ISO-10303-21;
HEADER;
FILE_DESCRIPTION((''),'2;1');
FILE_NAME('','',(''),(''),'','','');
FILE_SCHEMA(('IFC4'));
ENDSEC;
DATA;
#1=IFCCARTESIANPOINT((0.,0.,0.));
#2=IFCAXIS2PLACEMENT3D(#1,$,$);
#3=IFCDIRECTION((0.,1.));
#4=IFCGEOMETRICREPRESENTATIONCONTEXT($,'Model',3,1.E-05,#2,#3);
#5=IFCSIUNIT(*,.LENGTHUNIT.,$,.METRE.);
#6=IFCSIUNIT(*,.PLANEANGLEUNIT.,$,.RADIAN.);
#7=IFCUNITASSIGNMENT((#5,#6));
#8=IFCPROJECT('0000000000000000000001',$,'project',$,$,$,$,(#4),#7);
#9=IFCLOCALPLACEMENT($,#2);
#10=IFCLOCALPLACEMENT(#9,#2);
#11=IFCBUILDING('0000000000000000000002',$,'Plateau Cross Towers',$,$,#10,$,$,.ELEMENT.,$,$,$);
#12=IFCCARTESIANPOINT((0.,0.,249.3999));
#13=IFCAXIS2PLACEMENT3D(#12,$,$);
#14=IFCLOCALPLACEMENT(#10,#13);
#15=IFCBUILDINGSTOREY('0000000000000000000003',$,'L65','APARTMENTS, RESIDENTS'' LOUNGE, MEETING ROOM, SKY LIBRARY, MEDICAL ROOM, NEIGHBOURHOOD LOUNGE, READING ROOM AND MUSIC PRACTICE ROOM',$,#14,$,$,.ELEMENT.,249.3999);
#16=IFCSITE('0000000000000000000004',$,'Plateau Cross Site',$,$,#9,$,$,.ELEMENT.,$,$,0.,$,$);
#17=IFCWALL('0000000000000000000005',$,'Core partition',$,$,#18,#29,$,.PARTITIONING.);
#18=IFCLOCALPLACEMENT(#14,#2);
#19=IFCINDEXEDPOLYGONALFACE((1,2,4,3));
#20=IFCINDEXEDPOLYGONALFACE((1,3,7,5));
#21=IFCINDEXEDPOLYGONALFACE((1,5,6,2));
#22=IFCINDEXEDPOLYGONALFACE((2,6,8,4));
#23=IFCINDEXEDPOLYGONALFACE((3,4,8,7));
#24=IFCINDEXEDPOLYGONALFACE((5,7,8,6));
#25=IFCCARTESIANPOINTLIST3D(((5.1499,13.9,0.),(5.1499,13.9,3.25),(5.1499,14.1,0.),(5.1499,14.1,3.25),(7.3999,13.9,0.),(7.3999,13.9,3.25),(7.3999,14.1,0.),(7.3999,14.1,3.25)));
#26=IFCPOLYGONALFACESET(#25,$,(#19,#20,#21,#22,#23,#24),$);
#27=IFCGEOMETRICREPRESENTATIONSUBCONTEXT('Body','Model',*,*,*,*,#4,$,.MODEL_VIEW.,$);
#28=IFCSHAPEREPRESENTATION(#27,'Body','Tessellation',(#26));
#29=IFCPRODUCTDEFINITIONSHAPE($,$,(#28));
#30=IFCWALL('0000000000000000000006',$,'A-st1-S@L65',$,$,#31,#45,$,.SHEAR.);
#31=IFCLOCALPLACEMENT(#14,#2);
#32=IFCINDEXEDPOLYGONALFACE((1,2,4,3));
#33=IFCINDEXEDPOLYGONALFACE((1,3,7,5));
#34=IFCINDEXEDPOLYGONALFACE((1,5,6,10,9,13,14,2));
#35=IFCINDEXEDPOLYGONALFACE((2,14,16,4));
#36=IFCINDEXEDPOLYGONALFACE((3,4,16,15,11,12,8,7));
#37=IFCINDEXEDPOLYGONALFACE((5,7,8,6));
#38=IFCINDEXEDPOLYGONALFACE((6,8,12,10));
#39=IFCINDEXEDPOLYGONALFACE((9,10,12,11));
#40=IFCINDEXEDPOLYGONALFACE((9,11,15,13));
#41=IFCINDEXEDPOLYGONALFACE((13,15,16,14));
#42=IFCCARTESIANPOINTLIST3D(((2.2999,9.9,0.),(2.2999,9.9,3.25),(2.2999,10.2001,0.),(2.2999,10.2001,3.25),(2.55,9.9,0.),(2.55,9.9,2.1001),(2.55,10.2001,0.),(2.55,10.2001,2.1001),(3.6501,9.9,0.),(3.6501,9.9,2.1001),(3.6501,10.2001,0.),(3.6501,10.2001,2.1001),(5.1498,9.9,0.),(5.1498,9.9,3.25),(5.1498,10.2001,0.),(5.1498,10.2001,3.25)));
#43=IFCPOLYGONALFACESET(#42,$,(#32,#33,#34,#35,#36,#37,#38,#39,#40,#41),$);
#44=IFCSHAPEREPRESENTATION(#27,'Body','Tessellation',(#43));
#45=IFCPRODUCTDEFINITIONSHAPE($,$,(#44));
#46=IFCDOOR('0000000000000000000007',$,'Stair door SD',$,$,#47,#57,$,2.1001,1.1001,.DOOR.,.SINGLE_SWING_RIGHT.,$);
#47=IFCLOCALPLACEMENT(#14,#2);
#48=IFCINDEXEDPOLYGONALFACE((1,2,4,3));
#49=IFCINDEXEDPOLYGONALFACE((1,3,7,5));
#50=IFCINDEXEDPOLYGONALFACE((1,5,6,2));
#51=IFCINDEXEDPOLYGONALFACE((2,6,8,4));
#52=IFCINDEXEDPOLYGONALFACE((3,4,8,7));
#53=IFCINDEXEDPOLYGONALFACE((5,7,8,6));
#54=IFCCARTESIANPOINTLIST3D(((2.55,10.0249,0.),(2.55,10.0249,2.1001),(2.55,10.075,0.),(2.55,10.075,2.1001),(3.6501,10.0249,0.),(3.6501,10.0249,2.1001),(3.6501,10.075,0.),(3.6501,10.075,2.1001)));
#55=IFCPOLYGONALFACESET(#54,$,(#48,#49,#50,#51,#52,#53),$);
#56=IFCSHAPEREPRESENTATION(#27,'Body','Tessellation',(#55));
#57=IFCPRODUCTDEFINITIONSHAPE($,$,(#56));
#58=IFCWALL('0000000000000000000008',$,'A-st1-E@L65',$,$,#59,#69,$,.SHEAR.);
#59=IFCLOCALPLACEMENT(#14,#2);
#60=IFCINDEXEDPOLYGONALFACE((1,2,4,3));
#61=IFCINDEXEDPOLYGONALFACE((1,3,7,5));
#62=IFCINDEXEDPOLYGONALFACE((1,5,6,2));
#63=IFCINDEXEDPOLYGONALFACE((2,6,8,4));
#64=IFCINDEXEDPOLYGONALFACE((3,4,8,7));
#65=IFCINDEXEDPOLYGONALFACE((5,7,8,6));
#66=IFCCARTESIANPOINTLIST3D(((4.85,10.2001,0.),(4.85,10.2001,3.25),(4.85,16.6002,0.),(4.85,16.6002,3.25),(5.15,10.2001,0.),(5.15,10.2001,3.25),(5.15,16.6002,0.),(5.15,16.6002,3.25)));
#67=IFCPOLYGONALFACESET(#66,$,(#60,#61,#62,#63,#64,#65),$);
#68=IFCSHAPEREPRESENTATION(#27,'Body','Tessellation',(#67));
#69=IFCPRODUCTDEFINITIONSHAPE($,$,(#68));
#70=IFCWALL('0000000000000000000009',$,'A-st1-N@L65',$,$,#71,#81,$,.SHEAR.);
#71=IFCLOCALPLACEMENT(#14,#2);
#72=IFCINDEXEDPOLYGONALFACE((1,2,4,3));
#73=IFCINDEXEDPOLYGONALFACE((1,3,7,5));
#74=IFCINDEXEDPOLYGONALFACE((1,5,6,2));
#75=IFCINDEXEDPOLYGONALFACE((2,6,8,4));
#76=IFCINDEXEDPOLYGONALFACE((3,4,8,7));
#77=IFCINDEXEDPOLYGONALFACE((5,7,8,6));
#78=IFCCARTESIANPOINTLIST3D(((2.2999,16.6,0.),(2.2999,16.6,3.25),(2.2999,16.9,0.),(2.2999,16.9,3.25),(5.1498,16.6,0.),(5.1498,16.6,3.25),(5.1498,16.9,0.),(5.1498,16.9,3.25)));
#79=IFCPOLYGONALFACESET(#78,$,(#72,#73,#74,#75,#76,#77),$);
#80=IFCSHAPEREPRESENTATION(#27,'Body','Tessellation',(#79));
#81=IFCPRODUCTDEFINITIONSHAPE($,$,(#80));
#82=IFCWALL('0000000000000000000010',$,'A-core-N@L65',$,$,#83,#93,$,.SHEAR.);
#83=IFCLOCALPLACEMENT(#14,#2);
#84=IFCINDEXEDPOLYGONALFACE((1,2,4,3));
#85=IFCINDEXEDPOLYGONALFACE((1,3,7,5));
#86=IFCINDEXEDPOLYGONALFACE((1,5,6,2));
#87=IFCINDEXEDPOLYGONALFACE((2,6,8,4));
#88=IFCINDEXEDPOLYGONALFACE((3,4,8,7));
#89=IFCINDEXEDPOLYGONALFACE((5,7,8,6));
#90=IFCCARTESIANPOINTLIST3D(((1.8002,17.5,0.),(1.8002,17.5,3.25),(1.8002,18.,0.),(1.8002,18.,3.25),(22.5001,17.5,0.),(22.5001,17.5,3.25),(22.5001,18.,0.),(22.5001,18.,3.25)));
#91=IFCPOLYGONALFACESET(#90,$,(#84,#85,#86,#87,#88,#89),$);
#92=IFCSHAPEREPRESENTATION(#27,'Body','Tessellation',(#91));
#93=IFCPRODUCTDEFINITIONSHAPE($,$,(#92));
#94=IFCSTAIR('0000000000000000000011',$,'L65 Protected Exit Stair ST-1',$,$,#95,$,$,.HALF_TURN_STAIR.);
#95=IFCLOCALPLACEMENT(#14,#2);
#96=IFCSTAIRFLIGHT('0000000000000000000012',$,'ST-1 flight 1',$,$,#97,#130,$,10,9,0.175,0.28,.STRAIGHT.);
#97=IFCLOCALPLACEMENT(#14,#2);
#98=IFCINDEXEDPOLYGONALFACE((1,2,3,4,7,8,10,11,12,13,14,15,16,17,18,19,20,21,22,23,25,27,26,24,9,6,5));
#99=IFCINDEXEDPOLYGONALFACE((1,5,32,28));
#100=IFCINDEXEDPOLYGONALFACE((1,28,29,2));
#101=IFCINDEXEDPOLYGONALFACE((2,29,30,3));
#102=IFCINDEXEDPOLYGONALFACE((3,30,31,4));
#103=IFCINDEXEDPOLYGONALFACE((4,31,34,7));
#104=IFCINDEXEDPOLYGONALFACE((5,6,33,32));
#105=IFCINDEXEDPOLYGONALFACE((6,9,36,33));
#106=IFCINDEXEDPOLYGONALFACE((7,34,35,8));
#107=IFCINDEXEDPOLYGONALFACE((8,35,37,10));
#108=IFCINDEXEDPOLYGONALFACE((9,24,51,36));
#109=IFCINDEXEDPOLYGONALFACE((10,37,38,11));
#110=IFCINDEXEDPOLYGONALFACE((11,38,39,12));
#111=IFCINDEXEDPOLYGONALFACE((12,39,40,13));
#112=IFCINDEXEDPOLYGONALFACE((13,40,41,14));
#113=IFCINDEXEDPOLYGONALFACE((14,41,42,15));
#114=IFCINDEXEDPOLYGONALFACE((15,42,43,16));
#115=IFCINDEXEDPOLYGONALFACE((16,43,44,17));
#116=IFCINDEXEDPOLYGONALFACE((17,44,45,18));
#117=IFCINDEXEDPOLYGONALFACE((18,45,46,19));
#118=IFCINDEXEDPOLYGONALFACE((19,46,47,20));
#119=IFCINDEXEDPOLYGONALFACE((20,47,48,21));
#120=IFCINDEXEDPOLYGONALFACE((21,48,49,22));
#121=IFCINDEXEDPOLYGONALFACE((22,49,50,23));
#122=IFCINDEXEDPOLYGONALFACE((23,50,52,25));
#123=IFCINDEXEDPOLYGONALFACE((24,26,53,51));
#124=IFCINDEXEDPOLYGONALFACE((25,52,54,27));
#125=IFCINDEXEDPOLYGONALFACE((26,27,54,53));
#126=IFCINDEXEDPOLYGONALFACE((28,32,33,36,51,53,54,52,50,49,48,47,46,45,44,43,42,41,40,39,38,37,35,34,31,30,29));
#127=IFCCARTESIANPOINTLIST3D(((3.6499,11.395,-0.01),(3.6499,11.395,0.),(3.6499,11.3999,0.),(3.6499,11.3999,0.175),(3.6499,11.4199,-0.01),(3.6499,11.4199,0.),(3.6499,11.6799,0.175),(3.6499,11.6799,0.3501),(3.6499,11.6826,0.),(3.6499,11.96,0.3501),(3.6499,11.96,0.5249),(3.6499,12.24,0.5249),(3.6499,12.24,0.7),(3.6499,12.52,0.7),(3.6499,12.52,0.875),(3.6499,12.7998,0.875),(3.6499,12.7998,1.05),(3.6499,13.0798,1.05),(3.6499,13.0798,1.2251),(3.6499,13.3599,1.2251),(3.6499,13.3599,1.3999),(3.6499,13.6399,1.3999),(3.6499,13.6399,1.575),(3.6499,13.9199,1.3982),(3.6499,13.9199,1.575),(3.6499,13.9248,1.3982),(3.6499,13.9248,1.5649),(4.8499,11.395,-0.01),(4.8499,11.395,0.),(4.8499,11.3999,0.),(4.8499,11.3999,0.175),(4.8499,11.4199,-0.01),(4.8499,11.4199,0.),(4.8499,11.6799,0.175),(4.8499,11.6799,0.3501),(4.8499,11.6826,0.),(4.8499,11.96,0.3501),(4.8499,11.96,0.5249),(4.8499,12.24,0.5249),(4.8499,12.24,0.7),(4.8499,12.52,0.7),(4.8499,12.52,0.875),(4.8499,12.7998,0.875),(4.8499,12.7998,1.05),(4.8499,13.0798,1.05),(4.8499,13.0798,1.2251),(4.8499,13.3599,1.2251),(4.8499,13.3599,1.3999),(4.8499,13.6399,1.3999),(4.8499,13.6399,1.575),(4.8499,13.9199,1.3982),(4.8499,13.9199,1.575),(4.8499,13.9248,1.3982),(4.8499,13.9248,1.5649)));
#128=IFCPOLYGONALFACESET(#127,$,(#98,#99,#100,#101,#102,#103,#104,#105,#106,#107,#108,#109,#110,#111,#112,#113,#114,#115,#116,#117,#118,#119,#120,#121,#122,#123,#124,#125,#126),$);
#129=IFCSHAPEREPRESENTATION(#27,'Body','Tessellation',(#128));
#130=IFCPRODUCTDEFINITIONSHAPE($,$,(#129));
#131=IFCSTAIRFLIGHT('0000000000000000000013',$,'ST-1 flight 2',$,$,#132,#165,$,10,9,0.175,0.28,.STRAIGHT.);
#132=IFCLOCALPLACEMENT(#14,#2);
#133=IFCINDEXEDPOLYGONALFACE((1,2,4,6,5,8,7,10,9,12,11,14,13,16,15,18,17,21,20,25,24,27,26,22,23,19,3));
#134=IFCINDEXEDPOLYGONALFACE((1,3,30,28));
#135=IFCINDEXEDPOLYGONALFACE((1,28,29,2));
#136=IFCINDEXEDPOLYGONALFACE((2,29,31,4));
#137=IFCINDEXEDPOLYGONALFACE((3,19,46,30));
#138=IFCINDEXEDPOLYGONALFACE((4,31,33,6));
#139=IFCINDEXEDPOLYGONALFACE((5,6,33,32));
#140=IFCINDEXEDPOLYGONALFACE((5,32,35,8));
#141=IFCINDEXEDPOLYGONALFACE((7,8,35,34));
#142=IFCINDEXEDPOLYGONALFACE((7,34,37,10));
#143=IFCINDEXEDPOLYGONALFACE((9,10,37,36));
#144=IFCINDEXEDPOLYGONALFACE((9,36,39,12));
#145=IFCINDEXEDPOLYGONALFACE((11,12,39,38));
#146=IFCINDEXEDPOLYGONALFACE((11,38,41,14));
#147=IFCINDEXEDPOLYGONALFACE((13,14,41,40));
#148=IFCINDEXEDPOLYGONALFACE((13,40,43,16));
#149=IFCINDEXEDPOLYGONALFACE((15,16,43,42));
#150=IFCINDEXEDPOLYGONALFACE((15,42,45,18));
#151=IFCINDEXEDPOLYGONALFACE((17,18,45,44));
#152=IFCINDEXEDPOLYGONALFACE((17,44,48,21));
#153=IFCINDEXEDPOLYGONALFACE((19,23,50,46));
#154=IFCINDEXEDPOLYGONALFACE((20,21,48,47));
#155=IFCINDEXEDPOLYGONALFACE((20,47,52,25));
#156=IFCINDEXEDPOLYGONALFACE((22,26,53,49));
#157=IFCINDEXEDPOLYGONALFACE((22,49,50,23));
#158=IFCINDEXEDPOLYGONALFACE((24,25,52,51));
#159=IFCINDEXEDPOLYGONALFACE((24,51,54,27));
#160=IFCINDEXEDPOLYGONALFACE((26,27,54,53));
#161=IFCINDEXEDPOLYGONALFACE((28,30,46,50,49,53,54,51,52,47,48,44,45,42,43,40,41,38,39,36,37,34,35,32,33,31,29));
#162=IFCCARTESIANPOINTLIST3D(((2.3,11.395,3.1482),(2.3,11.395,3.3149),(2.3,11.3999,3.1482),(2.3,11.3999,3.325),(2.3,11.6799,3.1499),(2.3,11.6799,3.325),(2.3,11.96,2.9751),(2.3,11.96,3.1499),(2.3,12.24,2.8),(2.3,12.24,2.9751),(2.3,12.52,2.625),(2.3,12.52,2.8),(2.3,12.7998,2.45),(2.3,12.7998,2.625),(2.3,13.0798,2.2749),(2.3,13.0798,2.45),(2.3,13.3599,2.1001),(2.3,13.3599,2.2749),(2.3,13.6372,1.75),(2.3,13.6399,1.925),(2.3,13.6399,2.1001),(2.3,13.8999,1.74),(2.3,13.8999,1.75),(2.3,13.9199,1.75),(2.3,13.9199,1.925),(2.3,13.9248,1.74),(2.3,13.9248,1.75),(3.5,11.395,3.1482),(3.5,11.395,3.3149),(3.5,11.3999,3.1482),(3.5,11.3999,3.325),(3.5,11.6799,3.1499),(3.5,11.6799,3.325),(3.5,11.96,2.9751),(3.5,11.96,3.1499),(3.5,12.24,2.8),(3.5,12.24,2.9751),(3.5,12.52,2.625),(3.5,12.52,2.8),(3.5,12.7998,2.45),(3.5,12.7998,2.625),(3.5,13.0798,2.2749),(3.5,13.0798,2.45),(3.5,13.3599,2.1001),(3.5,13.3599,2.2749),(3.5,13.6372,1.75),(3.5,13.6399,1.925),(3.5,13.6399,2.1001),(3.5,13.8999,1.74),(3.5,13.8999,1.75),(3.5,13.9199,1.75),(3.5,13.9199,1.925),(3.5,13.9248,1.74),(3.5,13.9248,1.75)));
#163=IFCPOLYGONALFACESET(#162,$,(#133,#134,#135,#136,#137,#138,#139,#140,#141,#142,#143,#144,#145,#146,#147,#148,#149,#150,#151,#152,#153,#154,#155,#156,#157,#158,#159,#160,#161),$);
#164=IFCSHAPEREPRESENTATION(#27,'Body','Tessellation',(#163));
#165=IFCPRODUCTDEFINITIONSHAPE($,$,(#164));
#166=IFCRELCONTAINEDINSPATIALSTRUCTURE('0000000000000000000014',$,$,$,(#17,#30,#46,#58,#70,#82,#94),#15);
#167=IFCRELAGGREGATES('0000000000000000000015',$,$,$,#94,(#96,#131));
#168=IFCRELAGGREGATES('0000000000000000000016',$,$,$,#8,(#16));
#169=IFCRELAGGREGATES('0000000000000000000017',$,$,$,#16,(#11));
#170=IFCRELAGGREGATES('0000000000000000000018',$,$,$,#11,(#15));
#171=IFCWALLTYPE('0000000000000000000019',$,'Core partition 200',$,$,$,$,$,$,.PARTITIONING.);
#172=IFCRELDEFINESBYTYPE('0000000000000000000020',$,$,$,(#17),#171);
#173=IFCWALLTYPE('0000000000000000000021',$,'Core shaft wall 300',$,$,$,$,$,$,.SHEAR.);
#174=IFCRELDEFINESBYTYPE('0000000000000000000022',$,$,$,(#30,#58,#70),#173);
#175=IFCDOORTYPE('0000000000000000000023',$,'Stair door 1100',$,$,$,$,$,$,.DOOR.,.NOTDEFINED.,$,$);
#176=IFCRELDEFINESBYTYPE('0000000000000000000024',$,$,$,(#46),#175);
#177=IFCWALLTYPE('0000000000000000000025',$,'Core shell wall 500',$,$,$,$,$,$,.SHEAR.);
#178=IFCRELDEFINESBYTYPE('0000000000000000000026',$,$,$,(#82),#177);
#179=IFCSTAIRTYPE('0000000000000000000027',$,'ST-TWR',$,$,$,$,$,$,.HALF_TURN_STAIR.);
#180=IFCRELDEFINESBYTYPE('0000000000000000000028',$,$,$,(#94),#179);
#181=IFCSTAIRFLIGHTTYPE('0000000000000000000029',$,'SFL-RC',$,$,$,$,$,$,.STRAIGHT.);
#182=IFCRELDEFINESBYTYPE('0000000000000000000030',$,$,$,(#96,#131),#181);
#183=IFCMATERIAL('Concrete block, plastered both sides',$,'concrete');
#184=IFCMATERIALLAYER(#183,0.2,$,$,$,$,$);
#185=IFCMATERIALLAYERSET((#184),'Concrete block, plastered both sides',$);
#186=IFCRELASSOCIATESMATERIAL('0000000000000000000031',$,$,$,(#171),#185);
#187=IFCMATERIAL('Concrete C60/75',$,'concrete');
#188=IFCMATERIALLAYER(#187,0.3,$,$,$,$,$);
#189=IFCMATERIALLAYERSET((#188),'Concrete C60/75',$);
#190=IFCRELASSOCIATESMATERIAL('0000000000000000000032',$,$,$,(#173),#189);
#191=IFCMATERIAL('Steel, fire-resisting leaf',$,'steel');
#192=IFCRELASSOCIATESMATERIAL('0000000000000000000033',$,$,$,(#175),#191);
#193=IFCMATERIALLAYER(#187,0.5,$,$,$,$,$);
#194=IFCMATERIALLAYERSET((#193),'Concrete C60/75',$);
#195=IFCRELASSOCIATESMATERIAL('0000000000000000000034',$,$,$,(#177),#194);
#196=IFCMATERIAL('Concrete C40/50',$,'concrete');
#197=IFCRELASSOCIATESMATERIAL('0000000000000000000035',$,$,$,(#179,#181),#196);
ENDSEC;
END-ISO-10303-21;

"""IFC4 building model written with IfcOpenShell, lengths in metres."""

from ifc_helpers import new_model, si_unit, direction, frame, frame_2d, origin, place, context, subcontext, project, spatial, polyline, rectangle, outline, extrude, material, layer, layer_set, type_object, element, fill, aggregate, save


model = new_model("IFC4")

# Units and contexts
model_context = context("Model", 3, precision=1e-05, world=origin(), true_north=direction((0.0, 1.0)))
body_context = subcontext(model_context, "Body", "Model", "MODEL_VIEW")
ifc_project = project(units=[si_unit("LENGTHUNIT", "METRE"), si_unit("PLANEANGLEUNIT", "RADIAN")], contexts=[model_context])

# Site, building, storey
site_placement = place(None, origin())
site = spatial("IfcSite", under=ifc_project, at=site_placement, Name="Plateau Cross Site", CompositionType="ELEMENT", RefElevation=0.0)
building_placement = place(site_placement, origin())
building = spatial("IfcBuilding", under=site, at=building_placement, Name="Plateau Cross Towers", CompositionType="ELEMENT")
storey_placement = place(building_placement, frame((0.0, 0.0, 249.3999)))
storey = spatial("IfcBuildingStorey", under=building, at=storey_placement, Name="L65", Description="APARTMENTS, RESIDENTS' LOUNGE, MEETING ROOM, SKY LIBRARY, MEDICAL ROOM, NEIGHBOURHOOD LOUNGE, READING ROOM AND MUSIC PRACTICE ROOM", CompositionType="ELEMENT", Elevation=249.3999)

# Shared definitions
ifc_material_1 = material(Name="Concrete C60/75", Category="concrete")

# Wall
ifc_material_2 = material(Name="Concrete block, plastered both sides", Category="concrete")
ifc_layer_1 = layer(ifc_material_2, 0.2)
ifc_layer_set_1 = layer_set([ifc_layer_1], Name="Concrete block, plastered both sides")
wall_type_1 = type_object("IfcWallType", Name="Core partition 200", PredefinedType="PARTITIONING", material=ifc_layer_set_1)
wall_1_placement = place(storey_placement, frame((5.1499, 14.0, 0.0), z_axis=(0.0, 0.0, 1.0), x_axis=(1.0, 0.0, 0.0)))
element("IfcWall", 1, at=wall_1_placement, inside=storey, type_object=wall_type_1, Name="Core partition", PredefinedType="PARTITIONING", context=body_context, shape_type="SweptSolid", body=[
    extrude(rectangle(XDim=2.25, YDim=0.2, at=frame_2d((1.125, 0.0))), origin(), (0.0, 0.0, 1.0), 3.25),
])

# Wall, opening, door
ifc_layer_2 = layer(ifc_material_1, 0.3)
ifc_layer_set_2 = layer_set([ifc_layer_2], Name="Concrete C60/75")
wall_type_2 = type_object("IfcWallType", Name="Core shaft wall 300", PredefinedType="SHEAR", material=ifc_layer_set_2)
wall_2_placement = place(storey_placement, frame((2.3, 10.05, 0.0), z_axis=(0.0, 0.0, 1.0), x_axis=(1.0, 0.0, 0.0)))
wall_2 = element("IfcWall", 2, at=wall_2_placement, inside=storey, type_object=wall_type_2, Name="A-st1-S@L65", PredefinedType="SHEAR", context=body_context, shape_type="SweptSolid", body=[
    extrude(rectangle(XDim=2.8499, YDim=0.3, at=frame_2d((1.4248, 0.0))), origin(), (0.0, 0.0, 1.0), 3.25),
])
opening_placement = place(wall_2_placement, frame((0.25, 0.0, 0.0)))
opening = element("IfcOpeningElement", 3, at=opening_placement, cuts=wall_2, PredefinedType="OPENING", context=body_context, shape_type="SweptSolid", body=[
    extrude(rectangle(XDim=1.1001, YDim=2.1001, at=frame_2d((0.55, 1.05))), frame((0.0, 0.1599, 0.0), z_axis=(0.0, -1.0, 0.0), x_axis=(1.0, 0.0, 0.0)), (0.0, 0.0, 1.0), 0.3201),
])
ifc_material_3 = material(Name="Steel, fire-resisting leaf", Category="steel")
door_type = type_object("IfcDoorType", Name="Stair door 1100", OperationType="NOTDEFINED", PredefinedType="DOOR", material=ifc_material_3)
door_placement = place(opening_placement, origin())
door = element("IfcDoor", 4, at=door_placement, inside=storey, type_object=door_type, Name="Stair door SD", OperationType="SINGLE_SWING_RIGHT", OverallHeight=2.1001, OverallWidth=1.1001, PredefinedType="DOOR", context=body_context, shape_type="SweptSolid", body=[
    extrude(rectangle(XDim=1.1001, YDim=2.1001, at=frame_2d((0.55, 1.05))), frame((0.0, 0.0249, 0.0), z_axis=(0.0, -1.0, 0.0), x_axis=(1.0, 0.0, 0.0)), (0.0, 0.0, 1.0), 0.05),
])
fill(opening, door)

# Walls
wall_3_placement = place(storey_placement, frame((5.0, 10.2, 0.0), z_axis=(0.0, 0.0, 1.0), x_axis=(0.0, 1.0, 0.0)))
element("IfcWall", 5, at=wall_3_placement, inside=storey, type_object=wall_type_2, Name="A-st1-E@L65", PredefinedType="SHEAR", context=body_context, shape_type="SweptSolid", body=[
    extrude(rectangle(XDim=6.4001, YDim=0.3, at=frame_2d((3.2002, 0.0))), origin(), (0.0, 0.0, 1.0), 3.25),
])
wall_4_placement = place(storey_placement, frame((2.3, 16.75, 0.0), z_axis=(0.0, 0.0, 1.0), x_axis=(1.0, 0.0, 0.0)))
element("IfcWall", 6, at=wall_4_placement, inside=storey, type_object=wall_type_2, Name="A-st1-N@L65", PredefinedType="SHEAR", context=body_context, shape_type="SweptSolid", body=[
    extrude(rectangle(XDim=2.8499, YDim=0.3, at=frame_2d((1.4248, 0.0))), origin(), (0.0, 0.0, 1.0), 3.25),
])
ifc_layer_3 = layer(ifc_material_1, 0.5)
ifc_layer_set_3 = layer_set([ifc_layer_3], Name="Concrete C60/75")
wall_type_3 = type_object("IfcWallType", Name="Core shell wall 500", PredefinedType="SHEAR", material=ifc_layer_set_3)
wall_5_placement = place(storey_placement, frame((1.8, 17.75, 0.0), z_axis=(0.0, 0.0, 1.0), x_axis=(1.0, 0.0, 0.0)))
element("IfcWall", 7, at=wall_5_placement, inside=storey, type_object=wall_type_3, Name="A-core-N@L65", PredefinedType="SHEAR", context=body_context, shape_type="SweptSolid", body=[
    extrude(rectangle(XDim=20.7, YDim=0.5, at=frame_2d((10.3501, 0.0))), origin(), (0.0, 0.0, 1.0), 3.25),
])

# Stair, stair flights
ifc_material_4 = material(Name="Concrete C40/50", Category="concrete")
stair_type = type_object("IfcStairType", Name="ST-TWR", PredefinedType="HALF_TURN_STAIR", material=ifc_material_4)
stair_placement = place(storey_placement, origin())
stair = element("IfcStair", 8, at=stair_placement, inside=storey, type_object=stair_type, Name="L65 Protected Exit Stair ST-1", PredefinedType="HALF_TURN_STAIR")
stair_flight_type = type_object("IfcStairFlightType", Name="SFL-RC", PredefinedType="STRAIGHT", material=ifc_material_4)
stair_flight_1_placement = place(storey_placement, frame((4.25, 11.3999, 0.0), z_axis=(0.0, 0.0, 1.0), x_axis=(0.0, 1.0, 0.0)))
stair_flight_1 = element("IfcStairFlight", 9, at=stair_flight_1_placement, type_object=stair_flight_type, Name="ST-1 flight 1", NumberOfRisers=10, NumberOfTreads=9, PredefinedType="STRAIGHT", RiserHeight=0.175, TreadLength=0.28, context=body_context, shape_type="SweptSolid", body=[
    extrude(outline(polyline([(-0.0049, -0.01), (-0.0049, 0.0), (0.0, 0.0), (0.0, 0.175), (0.28, 0.175), (0.28, 0.3501), (0.5601, 0.3501), (0.5601, 0.5249), (0.8401, 0.5249), (0.8401, 0.7), (1.1201, 0.7), (1.1201, 0.875), (1.3999, 0.875), (1.3999, 1.05), (1.6799, 1.05), (1.6799, 1.2251), (1.96, 1.2251), (1.96, 1.3999), (2.24, 1.3999), (2.24, 1.575), (2.52, 1.575), (2.5249, 1.5649), (2.5249, 1.3982), (2.52, 1.3982), (0.2827, 0.0), (0.02, 0.0), (0.02, -0.01), (-0.0049, -0.01)])), frame((0.0, 0.6001, 0.0), z_axis=(0.0, -1.0, 0.0), x_axis=(1.0, 0.0, 0.0)), (0.0, 0.0, 1.0), 1.2),
])
stair_flight_2_placement = place(storey_placement, frame((2.8999, 13.9199, 1.75), z_axis=(0.0, 0.0, 1.0), x_axis=(0.0, -1.0, 0.0)))
stair_flight_2 = element("IfcStairFlight", 10, at=stair_flight_2_placement, type_object=stair_flight_type, Name="ST-1 flight 2", NumberOfRisers=10, NumberOfTreads=9, PredefinedType="STRAIGHT", RiserHeight=0.175, TreadLength=0.28, context=body_context, shape_type="SweptSolid", body=[
    extrude(outline(polyline([(-0.0049, -0.01), (-0.0049, 0.0), (0.0, 0.0), (0.0, 0.175), (0.28, 0.175), (0.28, 0.3501), (0.5601, 0.3501), (0.5601, 0.5249), (0.8401, 0.5249), (0.8401, 0.7), (1.1201, 0.7), (1.1201, 0.875), (1.3999, 0.875), (1.3999, 1.05), (1.6799, 1.05), (1.6799, 1.2251), (1.96, 1.2251), (1.96, 1.3999), (2.24, 1.3999), (2.24, 1.575), (2.52, 1.575), (2.5249, 1.5649), (2.5249, 1.3982), (2.52, 1.3982), (0.2827, 0.0), (0.02, 0.0), (0.02, -0.01), (-0.0049, -0.01)])), frame((0.0, 0.6001, 0.0), z_axis=(0.0, -1.0, 0.0), x_axis=(1.0, 0.0, 0.0)), (0.0, 0.0, 1.0), 1.2),
])
aggregate(stair, [stair_flight_1, stair_flight_2])

save(model, "model.ifc")
